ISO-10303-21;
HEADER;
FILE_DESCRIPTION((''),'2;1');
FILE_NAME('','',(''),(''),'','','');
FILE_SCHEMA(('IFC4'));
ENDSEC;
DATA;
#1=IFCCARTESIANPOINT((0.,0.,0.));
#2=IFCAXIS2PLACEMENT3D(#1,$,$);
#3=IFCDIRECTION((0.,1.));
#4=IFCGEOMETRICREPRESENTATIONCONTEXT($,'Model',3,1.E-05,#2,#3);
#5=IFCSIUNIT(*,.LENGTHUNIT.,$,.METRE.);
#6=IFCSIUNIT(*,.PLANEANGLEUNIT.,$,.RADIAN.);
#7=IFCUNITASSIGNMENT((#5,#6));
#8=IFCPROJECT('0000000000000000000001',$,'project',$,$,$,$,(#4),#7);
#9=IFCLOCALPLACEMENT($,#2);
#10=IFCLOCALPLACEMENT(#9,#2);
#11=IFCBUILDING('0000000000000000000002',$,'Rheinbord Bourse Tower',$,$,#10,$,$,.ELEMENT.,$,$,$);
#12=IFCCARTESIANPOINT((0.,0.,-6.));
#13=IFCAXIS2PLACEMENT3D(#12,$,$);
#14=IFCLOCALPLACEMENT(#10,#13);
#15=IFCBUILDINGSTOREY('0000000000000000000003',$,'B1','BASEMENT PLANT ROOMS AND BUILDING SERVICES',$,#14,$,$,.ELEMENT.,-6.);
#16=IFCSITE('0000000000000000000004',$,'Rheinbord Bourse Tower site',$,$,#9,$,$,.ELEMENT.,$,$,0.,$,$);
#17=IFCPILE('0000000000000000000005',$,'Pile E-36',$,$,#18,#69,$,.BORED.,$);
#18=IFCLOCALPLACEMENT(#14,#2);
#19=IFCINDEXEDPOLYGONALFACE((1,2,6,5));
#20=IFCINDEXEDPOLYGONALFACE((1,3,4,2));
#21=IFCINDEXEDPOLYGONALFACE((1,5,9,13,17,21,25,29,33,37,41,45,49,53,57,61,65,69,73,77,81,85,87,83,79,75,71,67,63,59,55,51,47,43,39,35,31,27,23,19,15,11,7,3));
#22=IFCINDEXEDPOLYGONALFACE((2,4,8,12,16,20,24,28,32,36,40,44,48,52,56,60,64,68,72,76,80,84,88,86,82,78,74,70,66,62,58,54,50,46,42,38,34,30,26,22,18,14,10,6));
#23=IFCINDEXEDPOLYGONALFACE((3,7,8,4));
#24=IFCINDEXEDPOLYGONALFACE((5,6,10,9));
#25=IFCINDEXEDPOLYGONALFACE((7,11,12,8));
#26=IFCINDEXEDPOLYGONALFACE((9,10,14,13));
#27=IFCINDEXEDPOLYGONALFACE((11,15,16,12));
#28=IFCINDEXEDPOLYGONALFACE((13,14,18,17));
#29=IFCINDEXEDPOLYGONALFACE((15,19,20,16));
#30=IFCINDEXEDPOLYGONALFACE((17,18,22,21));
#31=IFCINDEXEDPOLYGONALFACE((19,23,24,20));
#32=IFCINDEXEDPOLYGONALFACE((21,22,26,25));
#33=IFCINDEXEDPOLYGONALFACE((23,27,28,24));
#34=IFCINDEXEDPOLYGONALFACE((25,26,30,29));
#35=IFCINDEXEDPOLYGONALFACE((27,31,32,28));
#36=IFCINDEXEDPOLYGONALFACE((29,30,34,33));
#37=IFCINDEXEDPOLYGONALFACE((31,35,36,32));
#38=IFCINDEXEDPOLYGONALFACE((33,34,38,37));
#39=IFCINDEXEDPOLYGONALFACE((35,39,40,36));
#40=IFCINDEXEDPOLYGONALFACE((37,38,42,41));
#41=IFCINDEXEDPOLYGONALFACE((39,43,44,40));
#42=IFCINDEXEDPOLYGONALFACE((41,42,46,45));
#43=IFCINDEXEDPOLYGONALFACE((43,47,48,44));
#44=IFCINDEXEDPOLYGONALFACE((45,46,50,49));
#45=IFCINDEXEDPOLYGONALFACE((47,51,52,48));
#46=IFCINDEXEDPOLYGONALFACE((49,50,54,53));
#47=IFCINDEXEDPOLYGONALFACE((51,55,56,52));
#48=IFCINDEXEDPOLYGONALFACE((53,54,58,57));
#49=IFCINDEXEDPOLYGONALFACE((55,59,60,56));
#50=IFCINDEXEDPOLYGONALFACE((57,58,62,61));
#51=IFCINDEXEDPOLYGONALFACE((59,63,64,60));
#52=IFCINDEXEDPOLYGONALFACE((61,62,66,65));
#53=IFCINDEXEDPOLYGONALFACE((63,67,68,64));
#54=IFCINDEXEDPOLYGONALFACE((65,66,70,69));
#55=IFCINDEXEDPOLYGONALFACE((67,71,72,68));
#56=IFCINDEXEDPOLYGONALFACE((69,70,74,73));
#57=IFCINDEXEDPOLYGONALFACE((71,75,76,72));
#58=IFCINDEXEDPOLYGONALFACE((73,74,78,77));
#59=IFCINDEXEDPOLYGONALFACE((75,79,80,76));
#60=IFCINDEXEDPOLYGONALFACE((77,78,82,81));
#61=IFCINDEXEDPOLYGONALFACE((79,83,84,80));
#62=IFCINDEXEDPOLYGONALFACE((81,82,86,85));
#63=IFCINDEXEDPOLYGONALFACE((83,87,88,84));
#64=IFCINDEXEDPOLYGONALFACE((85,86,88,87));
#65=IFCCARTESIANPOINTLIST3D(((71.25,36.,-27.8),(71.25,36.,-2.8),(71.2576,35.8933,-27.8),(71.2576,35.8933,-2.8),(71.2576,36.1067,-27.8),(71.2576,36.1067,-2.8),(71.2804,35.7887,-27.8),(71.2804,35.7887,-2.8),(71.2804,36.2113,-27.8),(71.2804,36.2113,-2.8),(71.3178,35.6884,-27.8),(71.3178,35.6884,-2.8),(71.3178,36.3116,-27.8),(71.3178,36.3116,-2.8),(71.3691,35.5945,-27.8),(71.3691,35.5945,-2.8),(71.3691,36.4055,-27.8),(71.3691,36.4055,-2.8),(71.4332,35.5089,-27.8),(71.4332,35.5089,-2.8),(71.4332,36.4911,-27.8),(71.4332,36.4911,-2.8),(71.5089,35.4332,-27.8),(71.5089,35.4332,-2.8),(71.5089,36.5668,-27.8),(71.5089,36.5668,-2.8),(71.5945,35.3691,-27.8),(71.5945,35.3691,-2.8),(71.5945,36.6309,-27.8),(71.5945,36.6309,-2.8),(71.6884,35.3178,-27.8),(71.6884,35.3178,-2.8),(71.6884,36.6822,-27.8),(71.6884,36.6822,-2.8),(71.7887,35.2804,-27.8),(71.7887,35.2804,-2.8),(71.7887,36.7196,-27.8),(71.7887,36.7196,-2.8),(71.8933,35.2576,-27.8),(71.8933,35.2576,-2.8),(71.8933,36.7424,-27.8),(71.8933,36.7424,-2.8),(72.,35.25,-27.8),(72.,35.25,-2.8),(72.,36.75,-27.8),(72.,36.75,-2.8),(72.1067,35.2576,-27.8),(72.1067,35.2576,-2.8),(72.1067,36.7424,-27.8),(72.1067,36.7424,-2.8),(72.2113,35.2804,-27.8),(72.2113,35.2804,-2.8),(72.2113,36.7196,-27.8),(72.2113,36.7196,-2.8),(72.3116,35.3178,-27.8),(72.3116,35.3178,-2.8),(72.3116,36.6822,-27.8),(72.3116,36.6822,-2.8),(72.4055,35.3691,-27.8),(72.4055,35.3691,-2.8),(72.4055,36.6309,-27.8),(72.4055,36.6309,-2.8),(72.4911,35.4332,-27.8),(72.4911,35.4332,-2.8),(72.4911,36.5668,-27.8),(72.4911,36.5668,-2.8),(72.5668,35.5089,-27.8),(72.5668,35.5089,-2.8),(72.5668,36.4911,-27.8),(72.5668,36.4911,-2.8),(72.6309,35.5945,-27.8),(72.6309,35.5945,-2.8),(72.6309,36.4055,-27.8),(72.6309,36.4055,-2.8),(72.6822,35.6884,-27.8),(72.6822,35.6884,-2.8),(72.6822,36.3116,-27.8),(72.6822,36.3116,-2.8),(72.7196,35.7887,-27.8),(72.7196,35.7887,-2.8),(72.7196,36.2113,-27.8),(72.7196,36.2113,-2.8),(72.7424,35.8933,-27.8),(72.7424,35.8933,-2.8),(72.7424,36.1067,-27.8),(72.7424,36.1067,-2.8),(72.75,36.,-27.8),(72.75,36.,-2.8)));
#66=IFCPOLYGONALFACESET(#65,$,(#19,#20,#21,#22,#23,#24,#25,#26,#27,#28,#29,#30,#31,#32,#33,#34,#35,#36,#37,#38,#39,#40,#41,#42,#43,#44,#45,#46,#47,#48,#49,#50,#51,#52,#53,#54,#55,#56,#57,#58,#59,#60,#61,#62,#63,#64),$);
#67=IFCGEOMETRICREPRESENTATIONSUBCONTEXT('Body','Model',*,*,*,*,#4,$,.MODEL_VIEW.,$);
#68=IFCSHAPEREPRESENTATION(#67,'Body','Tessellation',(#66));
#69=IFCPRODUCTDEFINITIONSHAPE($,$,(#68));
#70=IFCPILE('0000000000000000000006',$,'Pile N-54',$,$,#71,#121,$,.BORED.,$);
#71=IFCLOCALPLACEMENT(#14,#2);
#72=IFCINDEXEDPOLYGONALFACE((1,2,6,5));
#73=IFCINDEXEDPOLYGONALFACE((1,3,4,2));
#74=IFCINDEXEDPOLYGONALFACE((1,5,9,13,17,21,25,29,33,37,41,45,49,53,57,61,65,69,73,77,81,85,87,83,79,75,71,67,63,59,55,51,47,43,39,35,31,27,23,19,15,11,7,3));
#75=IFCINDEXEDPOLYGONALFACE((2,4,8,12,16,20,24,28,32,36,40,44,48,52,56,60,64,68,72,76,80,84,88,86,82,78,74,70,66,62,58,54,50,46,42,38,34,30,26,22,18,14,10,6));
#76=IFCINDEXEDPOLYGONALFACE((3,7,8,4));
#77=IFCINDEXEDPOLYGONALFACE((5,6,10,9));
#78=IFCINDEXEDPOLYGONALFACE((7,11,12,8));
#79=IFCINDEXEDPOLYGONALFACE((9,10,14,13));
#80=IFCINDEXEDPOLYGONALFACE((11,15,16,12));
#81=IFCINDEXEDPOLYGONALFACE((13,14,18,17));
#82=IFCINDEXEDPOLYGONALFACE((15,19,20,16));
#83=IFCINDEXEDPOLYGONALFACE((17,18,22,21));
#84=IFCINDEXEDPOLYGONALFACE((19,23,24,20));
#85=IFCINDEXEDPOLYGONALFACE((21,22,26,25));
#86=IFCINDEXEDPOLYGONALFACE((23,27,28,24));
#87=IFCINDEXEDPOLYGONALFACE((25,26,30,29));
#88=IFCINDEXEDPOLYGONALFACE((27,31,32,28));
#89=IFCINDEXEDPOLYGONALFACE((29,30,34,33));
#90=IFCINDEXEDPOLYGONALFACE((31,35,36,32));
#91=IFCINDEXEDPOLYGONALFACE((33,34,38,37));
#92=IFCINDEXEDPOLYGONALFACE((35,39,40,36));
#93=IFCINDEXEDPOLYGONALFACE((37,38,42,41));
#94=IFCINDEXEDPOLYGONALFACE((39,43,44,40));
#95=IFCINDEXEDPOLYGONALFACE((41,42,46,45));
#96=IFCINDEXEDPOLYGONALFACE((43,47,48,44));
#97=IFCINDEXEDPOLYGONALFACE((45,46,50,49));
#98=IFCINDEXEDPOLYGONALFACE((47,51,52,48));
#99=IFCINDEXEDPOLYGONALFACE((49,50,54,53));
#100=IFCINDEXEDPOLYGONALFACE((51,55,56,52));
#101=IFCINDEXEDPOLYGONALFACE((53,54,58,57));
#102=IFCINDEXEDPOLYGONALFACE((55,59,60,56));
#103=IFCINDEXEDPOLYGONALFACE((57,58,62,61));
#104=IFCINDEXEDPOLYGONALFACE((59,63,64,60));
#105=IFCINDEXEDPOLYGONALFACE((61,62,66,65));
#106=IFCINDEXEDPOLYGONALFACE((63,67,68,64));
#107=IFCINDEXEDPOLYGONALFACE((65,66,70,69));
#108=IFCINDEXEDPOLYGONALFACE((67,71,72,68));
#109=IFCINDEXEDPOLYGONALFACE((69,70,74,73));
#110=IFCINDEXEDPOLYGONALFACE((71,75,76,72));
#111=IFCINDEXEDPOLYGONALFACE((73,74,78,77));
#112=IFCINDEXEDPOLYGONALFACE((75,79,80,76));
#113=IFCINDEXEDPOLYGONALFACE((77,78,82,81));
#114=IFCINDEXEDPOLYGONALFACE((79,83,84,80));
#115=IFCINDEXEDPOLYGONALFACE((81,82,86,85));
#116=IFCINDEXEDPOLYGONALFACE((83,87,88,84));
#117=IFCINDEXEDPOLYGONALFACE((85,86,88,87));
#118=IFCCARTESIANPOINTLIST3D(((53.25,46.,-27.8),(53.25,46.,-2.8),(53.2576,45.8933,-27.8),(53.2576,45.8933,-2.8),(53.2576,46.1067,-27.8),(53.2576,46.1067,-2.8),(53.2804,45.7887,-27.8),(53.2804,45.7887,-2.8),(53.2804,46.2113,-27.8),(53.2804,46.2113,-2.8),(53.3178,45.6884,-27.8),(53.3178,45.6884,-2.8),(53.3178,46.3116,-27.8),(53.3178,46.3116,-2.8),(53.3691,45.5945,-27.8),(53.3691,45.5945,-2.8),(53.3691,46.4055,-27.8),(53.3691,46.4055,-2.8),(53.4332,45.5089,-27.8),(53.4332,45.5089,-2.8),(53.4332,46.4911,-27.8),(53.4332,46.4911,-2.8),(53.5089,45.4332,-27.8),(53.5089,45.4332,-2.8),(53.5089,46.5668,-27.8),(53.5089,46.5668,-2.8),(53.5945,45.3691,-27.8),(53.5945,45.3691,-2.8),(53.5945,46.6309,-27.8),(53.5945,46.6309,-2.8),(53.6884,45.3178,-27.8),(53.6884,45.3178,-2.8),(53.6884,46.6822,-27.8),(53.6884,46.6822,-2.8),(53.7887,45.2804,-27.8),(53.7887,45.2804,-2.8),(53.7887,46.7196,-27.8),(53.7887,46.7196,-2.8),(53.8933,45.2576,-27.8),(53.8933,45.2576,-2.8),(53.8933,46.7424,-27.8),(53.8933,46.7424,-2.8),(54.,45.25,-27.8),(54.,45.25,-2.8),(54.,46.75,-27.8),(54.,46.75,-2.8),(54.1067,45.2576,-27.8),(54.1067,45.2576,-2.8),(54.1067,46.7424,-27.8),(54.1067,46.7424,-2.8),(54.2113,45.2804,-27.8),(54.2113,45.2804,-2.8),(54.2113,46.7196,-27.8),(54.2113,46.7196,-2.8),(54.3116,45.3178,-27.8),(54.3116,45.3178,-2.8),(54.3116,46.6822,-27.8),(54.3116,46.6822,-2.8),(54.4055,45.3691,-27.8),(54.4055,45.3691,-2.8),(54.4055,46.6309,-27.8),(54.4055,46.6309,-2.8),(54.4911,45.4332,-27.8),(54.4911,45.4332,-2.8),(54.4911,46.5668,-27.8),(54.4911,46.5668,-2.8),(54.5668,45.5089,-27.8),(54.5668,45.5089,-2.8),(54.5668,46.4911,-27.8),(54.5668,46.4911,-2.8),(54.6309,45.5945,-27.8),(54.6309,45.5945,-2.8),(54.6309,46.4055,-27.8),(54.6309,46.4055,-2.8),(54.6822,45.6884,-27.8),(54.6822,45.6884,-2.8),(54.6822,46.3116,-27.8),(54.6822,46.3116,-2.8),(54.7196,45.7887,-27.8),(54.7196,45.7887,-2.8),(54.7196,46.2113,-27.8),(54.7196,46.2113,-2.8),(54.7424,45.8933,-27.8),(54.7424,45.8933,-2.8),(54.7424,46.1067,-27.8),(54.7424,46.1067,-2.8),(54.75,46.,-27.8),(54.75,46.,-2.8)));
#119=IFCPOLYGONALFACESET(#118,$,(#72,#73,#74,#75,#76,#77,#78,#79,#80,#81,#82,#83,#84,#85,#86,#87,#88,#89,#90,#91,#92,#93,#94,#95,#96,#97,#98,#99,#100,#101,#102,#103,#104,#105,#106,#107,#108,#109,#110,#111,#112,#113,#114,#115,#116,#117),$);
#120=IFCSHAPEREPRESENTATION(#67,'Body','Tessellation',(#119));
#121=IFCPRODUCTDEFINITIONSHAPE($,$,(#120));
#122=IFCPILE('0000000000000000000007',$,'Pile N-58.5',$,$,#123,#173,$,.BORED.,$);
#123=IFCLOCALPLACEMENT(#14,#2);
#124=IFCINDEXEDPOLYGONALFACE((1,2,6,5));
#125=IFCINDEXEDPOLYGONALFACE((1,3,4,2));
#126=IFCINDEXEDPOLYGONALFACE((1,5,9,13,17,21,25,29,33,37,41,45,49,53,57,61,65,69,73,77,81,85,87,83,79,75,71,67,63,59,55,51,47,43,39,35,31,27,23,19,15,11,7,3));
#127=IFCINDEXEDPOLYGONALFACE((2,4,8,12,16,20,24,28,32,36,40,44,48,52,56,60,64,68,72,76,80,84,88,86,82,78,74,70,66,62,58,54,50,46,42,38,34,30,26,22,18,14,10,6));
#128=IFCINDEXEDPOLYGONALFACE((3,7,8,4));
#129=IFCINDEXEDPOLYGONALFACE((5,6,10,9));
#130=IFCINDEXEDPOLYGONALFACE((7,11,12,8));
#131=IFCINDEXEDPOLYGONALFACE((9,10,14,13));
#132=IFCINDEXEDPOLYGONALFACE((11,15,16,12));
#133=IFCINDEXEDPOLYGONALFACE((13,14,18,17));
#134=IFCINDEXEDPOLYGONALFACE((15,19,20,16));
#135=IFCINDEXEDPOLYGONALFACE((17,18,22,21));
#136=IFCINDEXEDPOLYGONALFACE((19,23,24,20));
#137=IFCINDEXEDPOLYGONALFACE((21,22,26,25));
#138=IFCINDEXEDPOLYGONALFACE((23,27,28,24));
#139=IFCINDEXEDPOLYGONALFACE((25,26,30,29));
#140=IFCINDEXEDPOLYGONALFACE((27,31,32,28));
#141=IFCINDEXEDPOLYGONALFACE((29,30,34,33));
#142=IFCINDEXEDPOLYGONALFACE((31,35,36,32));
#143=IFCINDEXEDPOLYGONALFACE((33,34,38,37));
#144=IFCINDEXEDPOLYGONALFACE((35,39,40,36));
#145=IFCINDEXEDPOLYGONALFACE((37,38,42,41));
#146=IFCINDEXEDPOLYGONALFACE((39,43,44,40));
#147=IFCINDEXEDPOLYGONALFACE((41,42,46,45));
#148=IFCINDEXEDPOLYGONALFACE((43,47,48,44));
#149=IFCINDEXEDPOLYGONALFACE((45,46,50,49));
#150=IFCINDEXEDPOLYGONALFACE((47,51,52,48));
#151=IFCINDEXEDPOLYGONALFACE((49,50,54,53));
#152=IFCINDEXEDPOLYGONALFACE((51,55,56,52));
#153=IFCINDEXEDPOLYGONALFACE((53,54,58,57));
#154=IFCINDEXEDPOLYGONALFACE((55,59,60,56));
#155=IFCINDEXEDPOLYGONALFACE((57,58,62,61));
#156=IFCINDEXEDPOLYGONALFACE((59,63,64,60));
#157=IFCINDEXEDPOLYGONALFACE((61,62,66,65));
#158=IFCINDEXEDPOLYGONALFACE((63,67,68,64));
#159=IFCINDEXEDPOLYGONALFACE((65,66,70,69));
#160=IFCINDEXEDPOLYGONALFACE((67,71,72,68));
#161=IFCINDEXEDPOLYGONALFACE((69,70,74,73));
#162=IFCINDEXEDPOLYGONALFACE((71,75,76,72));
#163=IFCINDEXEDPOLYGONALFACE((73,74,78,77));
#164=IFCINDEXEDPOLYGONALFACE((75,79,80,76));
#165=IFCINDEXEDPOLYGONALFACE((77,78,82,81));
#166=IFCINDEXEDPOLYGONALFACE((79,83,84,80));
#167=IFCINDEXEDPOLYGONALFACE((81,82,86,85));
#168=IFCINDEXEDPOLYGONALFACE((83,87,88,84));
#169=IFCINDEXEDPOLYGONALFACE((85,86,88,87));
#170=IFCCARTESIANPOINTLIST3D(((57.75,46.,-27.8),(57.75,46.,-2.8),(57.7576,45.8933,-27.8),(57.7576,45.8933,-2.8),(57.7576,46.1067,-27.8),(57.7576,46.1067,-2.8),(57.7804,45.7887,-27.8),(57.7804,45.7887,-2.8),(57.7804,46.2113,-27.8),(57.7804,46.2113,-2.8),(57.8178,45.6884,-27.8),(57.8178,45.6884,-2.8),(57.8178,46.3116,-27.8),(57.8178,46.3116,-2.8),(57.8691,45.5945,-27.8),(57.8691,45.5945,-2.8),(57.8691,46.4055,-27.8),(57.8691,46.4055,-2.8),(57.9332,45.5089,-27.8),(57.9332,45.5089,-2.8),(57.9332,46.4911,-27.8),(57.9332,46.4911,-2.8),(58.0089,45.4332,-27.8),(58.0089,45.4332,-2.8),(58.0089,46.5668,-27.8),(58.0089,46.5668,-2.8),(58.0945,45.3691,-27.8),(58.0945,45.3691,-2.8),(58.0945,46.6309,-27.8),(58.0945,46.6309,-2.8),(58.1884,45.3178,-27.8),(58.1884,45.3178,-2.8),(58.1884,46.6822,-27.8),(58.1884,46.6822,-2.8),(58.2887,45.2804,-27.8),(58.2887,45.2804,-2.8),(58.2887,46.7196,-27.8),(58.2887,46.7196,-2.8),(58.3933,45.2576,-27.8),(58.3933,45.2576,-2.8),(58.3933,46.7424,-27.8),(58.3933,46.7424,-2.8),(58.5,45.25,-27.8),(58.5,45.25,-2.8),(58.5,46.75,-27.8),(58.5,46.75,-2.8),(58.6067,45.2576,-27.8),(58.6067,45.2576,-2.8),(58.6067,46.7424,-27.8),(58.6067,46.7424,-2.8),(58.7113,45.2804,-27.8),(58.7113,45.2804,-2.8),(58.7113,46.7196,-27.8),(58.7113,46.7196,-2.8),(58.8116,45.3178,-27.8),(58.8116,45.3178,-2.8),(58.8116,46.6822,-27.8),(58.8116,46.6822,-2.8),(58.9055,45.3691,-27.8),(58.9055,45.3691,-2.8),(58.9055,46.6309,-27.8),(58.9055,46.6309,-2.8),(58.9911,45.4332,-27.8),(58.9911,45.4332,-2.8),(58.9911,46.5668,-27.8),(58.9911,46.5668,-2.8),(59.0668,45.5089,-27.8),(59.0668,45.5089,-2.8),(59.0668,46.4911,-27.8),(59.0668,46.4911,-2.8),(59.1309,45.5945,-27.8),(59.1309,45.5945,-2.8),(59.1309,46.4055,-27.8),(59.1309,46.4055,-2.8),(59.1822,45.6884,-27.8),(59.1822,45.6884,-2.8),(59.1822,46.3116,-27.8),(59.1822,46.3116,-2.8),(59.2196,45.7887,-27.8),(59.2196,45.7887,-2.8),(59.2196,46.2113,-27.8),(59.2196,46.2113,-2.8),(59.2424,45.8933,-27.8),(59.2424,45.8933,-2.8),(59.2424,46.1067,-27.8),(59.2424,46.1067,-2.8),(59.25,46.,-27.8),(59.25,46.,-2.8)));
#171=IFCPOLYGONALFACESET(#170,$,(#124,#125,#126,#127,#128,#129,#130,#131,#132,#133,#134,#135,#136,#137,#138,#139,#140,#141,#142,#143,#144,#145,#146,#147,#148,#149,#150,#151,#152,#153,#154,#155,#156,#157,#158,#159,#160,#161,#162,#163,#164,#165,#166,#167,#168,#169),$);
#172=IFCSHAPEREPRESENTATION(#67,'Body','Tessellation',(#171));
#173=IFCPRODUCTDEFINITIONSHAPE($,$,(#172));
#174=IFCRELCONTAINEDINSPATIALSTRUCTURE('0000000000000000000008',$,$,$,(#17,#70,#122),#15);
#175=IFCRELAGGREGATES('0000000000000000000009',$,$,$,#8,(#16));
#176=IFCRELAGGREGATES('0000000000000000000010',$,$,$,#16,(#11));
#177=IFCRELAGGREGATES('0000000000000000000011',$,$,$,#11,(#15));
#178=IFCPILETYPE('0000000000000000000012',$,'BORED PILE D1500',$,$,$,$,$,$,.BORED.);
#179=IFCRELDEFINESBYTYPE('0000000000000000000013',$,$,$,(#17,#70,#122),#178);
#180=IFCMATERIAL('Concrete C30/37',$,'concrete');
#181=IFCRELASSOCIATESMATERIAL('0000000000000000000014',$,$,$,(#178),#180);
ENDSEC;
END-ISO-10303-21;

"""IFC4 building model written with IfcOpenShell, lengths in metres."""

from ifc_helpers import new_model, si_unit, direction, frame, origin, origin_2d, place, context, subcontext, project, spatial, circle, extrude, material, material_profile, profile_set, type_object, element, save


model = new_model("IFC4")

# Units and contexts
model_context = context("Model", 3, precision=1e-05, world=origin(), true_north=direction((0.0, 1.0)))
body_context = subcontext(model_context, "Body", "Model", "MODEL_VIEW")
ifc_project = project(units=[si_unit("LENGTHUNIT", "METRE"), si_unit("PLANEANGLEUNIT", "RADIAN")], contexts=[model_context])

# Site, building, storey
site_placement = place(None, origin())
site = spatial("IfcSite", under=ifc_project, at=site_placement, Name="Rheinbord Bourse Tower site", CompositionType="ELEMENT", RefElevation=0.0)
building_placement = place(site_placement, origin())
building = spatial("IfcBuilding", under=site, at=building_placement, Name="Rheinbord Bourse Tower", CompositionType="ELEMENT")
storey_placement = place(building_placement, frame((0.0, 0.0, -6.0)))
storey = spatial("IfcBuildingStorey", under=building, at=storey_placement, Name="B1", Description="BASEMENT PLANT ROOMS AND BUILDING SERVICES", CompositionType="ELEMENT", Elevation=-6.0)

# Piles
ifc_material_1 = material(Name="Concrete C30/37", Category="concrete")
ifc_material_profile_1 = material_profile(ifc_material_1, circle(Radius=0.75, at=origin_2d()), Name="D1500")
ifc_profile_set_1 = profile_set([ifc_material_profile_1], Name="Concrete C30/37")
pile_type = type_object("IfcPileType", Name="BORED PILE D1500", PredefinedType="BORED", material=ifc_profile_set_1)
for number, where, z_axis, x_axis, name in (
    (1, (72.0, 36.0, -2.8), (0.0, 0.0, -1.0), (1.0, 0.0, 0.0), "Pile E-36"),
    (2, (54.0, 46.0, -2.8), (0.0, 0.0, -1.0), (1.0, 0.0, 0.0), "Pile N-54"),
    (3, (58.5, 46.0, -2.8), (0.0, 0.0, -1.0), (1.0, 0.0, 0.0), "Pile N-58.5"),
):
    element("IfcPile", number, at=place(storey_placement, frame(where, z_axis=z_axis, x_axis=x_axis)), inside=storey, type_object=pile_type, Name=name, PredefinedType="BORED", context=body_context, shape_type="SweptSolid", body=[
        extrude(circle(Radius=0.75, at=origin_2d()), origin(), (0.0, 0.0, 1.0), 25.0),
    ])

save(model, "model.ifc")
